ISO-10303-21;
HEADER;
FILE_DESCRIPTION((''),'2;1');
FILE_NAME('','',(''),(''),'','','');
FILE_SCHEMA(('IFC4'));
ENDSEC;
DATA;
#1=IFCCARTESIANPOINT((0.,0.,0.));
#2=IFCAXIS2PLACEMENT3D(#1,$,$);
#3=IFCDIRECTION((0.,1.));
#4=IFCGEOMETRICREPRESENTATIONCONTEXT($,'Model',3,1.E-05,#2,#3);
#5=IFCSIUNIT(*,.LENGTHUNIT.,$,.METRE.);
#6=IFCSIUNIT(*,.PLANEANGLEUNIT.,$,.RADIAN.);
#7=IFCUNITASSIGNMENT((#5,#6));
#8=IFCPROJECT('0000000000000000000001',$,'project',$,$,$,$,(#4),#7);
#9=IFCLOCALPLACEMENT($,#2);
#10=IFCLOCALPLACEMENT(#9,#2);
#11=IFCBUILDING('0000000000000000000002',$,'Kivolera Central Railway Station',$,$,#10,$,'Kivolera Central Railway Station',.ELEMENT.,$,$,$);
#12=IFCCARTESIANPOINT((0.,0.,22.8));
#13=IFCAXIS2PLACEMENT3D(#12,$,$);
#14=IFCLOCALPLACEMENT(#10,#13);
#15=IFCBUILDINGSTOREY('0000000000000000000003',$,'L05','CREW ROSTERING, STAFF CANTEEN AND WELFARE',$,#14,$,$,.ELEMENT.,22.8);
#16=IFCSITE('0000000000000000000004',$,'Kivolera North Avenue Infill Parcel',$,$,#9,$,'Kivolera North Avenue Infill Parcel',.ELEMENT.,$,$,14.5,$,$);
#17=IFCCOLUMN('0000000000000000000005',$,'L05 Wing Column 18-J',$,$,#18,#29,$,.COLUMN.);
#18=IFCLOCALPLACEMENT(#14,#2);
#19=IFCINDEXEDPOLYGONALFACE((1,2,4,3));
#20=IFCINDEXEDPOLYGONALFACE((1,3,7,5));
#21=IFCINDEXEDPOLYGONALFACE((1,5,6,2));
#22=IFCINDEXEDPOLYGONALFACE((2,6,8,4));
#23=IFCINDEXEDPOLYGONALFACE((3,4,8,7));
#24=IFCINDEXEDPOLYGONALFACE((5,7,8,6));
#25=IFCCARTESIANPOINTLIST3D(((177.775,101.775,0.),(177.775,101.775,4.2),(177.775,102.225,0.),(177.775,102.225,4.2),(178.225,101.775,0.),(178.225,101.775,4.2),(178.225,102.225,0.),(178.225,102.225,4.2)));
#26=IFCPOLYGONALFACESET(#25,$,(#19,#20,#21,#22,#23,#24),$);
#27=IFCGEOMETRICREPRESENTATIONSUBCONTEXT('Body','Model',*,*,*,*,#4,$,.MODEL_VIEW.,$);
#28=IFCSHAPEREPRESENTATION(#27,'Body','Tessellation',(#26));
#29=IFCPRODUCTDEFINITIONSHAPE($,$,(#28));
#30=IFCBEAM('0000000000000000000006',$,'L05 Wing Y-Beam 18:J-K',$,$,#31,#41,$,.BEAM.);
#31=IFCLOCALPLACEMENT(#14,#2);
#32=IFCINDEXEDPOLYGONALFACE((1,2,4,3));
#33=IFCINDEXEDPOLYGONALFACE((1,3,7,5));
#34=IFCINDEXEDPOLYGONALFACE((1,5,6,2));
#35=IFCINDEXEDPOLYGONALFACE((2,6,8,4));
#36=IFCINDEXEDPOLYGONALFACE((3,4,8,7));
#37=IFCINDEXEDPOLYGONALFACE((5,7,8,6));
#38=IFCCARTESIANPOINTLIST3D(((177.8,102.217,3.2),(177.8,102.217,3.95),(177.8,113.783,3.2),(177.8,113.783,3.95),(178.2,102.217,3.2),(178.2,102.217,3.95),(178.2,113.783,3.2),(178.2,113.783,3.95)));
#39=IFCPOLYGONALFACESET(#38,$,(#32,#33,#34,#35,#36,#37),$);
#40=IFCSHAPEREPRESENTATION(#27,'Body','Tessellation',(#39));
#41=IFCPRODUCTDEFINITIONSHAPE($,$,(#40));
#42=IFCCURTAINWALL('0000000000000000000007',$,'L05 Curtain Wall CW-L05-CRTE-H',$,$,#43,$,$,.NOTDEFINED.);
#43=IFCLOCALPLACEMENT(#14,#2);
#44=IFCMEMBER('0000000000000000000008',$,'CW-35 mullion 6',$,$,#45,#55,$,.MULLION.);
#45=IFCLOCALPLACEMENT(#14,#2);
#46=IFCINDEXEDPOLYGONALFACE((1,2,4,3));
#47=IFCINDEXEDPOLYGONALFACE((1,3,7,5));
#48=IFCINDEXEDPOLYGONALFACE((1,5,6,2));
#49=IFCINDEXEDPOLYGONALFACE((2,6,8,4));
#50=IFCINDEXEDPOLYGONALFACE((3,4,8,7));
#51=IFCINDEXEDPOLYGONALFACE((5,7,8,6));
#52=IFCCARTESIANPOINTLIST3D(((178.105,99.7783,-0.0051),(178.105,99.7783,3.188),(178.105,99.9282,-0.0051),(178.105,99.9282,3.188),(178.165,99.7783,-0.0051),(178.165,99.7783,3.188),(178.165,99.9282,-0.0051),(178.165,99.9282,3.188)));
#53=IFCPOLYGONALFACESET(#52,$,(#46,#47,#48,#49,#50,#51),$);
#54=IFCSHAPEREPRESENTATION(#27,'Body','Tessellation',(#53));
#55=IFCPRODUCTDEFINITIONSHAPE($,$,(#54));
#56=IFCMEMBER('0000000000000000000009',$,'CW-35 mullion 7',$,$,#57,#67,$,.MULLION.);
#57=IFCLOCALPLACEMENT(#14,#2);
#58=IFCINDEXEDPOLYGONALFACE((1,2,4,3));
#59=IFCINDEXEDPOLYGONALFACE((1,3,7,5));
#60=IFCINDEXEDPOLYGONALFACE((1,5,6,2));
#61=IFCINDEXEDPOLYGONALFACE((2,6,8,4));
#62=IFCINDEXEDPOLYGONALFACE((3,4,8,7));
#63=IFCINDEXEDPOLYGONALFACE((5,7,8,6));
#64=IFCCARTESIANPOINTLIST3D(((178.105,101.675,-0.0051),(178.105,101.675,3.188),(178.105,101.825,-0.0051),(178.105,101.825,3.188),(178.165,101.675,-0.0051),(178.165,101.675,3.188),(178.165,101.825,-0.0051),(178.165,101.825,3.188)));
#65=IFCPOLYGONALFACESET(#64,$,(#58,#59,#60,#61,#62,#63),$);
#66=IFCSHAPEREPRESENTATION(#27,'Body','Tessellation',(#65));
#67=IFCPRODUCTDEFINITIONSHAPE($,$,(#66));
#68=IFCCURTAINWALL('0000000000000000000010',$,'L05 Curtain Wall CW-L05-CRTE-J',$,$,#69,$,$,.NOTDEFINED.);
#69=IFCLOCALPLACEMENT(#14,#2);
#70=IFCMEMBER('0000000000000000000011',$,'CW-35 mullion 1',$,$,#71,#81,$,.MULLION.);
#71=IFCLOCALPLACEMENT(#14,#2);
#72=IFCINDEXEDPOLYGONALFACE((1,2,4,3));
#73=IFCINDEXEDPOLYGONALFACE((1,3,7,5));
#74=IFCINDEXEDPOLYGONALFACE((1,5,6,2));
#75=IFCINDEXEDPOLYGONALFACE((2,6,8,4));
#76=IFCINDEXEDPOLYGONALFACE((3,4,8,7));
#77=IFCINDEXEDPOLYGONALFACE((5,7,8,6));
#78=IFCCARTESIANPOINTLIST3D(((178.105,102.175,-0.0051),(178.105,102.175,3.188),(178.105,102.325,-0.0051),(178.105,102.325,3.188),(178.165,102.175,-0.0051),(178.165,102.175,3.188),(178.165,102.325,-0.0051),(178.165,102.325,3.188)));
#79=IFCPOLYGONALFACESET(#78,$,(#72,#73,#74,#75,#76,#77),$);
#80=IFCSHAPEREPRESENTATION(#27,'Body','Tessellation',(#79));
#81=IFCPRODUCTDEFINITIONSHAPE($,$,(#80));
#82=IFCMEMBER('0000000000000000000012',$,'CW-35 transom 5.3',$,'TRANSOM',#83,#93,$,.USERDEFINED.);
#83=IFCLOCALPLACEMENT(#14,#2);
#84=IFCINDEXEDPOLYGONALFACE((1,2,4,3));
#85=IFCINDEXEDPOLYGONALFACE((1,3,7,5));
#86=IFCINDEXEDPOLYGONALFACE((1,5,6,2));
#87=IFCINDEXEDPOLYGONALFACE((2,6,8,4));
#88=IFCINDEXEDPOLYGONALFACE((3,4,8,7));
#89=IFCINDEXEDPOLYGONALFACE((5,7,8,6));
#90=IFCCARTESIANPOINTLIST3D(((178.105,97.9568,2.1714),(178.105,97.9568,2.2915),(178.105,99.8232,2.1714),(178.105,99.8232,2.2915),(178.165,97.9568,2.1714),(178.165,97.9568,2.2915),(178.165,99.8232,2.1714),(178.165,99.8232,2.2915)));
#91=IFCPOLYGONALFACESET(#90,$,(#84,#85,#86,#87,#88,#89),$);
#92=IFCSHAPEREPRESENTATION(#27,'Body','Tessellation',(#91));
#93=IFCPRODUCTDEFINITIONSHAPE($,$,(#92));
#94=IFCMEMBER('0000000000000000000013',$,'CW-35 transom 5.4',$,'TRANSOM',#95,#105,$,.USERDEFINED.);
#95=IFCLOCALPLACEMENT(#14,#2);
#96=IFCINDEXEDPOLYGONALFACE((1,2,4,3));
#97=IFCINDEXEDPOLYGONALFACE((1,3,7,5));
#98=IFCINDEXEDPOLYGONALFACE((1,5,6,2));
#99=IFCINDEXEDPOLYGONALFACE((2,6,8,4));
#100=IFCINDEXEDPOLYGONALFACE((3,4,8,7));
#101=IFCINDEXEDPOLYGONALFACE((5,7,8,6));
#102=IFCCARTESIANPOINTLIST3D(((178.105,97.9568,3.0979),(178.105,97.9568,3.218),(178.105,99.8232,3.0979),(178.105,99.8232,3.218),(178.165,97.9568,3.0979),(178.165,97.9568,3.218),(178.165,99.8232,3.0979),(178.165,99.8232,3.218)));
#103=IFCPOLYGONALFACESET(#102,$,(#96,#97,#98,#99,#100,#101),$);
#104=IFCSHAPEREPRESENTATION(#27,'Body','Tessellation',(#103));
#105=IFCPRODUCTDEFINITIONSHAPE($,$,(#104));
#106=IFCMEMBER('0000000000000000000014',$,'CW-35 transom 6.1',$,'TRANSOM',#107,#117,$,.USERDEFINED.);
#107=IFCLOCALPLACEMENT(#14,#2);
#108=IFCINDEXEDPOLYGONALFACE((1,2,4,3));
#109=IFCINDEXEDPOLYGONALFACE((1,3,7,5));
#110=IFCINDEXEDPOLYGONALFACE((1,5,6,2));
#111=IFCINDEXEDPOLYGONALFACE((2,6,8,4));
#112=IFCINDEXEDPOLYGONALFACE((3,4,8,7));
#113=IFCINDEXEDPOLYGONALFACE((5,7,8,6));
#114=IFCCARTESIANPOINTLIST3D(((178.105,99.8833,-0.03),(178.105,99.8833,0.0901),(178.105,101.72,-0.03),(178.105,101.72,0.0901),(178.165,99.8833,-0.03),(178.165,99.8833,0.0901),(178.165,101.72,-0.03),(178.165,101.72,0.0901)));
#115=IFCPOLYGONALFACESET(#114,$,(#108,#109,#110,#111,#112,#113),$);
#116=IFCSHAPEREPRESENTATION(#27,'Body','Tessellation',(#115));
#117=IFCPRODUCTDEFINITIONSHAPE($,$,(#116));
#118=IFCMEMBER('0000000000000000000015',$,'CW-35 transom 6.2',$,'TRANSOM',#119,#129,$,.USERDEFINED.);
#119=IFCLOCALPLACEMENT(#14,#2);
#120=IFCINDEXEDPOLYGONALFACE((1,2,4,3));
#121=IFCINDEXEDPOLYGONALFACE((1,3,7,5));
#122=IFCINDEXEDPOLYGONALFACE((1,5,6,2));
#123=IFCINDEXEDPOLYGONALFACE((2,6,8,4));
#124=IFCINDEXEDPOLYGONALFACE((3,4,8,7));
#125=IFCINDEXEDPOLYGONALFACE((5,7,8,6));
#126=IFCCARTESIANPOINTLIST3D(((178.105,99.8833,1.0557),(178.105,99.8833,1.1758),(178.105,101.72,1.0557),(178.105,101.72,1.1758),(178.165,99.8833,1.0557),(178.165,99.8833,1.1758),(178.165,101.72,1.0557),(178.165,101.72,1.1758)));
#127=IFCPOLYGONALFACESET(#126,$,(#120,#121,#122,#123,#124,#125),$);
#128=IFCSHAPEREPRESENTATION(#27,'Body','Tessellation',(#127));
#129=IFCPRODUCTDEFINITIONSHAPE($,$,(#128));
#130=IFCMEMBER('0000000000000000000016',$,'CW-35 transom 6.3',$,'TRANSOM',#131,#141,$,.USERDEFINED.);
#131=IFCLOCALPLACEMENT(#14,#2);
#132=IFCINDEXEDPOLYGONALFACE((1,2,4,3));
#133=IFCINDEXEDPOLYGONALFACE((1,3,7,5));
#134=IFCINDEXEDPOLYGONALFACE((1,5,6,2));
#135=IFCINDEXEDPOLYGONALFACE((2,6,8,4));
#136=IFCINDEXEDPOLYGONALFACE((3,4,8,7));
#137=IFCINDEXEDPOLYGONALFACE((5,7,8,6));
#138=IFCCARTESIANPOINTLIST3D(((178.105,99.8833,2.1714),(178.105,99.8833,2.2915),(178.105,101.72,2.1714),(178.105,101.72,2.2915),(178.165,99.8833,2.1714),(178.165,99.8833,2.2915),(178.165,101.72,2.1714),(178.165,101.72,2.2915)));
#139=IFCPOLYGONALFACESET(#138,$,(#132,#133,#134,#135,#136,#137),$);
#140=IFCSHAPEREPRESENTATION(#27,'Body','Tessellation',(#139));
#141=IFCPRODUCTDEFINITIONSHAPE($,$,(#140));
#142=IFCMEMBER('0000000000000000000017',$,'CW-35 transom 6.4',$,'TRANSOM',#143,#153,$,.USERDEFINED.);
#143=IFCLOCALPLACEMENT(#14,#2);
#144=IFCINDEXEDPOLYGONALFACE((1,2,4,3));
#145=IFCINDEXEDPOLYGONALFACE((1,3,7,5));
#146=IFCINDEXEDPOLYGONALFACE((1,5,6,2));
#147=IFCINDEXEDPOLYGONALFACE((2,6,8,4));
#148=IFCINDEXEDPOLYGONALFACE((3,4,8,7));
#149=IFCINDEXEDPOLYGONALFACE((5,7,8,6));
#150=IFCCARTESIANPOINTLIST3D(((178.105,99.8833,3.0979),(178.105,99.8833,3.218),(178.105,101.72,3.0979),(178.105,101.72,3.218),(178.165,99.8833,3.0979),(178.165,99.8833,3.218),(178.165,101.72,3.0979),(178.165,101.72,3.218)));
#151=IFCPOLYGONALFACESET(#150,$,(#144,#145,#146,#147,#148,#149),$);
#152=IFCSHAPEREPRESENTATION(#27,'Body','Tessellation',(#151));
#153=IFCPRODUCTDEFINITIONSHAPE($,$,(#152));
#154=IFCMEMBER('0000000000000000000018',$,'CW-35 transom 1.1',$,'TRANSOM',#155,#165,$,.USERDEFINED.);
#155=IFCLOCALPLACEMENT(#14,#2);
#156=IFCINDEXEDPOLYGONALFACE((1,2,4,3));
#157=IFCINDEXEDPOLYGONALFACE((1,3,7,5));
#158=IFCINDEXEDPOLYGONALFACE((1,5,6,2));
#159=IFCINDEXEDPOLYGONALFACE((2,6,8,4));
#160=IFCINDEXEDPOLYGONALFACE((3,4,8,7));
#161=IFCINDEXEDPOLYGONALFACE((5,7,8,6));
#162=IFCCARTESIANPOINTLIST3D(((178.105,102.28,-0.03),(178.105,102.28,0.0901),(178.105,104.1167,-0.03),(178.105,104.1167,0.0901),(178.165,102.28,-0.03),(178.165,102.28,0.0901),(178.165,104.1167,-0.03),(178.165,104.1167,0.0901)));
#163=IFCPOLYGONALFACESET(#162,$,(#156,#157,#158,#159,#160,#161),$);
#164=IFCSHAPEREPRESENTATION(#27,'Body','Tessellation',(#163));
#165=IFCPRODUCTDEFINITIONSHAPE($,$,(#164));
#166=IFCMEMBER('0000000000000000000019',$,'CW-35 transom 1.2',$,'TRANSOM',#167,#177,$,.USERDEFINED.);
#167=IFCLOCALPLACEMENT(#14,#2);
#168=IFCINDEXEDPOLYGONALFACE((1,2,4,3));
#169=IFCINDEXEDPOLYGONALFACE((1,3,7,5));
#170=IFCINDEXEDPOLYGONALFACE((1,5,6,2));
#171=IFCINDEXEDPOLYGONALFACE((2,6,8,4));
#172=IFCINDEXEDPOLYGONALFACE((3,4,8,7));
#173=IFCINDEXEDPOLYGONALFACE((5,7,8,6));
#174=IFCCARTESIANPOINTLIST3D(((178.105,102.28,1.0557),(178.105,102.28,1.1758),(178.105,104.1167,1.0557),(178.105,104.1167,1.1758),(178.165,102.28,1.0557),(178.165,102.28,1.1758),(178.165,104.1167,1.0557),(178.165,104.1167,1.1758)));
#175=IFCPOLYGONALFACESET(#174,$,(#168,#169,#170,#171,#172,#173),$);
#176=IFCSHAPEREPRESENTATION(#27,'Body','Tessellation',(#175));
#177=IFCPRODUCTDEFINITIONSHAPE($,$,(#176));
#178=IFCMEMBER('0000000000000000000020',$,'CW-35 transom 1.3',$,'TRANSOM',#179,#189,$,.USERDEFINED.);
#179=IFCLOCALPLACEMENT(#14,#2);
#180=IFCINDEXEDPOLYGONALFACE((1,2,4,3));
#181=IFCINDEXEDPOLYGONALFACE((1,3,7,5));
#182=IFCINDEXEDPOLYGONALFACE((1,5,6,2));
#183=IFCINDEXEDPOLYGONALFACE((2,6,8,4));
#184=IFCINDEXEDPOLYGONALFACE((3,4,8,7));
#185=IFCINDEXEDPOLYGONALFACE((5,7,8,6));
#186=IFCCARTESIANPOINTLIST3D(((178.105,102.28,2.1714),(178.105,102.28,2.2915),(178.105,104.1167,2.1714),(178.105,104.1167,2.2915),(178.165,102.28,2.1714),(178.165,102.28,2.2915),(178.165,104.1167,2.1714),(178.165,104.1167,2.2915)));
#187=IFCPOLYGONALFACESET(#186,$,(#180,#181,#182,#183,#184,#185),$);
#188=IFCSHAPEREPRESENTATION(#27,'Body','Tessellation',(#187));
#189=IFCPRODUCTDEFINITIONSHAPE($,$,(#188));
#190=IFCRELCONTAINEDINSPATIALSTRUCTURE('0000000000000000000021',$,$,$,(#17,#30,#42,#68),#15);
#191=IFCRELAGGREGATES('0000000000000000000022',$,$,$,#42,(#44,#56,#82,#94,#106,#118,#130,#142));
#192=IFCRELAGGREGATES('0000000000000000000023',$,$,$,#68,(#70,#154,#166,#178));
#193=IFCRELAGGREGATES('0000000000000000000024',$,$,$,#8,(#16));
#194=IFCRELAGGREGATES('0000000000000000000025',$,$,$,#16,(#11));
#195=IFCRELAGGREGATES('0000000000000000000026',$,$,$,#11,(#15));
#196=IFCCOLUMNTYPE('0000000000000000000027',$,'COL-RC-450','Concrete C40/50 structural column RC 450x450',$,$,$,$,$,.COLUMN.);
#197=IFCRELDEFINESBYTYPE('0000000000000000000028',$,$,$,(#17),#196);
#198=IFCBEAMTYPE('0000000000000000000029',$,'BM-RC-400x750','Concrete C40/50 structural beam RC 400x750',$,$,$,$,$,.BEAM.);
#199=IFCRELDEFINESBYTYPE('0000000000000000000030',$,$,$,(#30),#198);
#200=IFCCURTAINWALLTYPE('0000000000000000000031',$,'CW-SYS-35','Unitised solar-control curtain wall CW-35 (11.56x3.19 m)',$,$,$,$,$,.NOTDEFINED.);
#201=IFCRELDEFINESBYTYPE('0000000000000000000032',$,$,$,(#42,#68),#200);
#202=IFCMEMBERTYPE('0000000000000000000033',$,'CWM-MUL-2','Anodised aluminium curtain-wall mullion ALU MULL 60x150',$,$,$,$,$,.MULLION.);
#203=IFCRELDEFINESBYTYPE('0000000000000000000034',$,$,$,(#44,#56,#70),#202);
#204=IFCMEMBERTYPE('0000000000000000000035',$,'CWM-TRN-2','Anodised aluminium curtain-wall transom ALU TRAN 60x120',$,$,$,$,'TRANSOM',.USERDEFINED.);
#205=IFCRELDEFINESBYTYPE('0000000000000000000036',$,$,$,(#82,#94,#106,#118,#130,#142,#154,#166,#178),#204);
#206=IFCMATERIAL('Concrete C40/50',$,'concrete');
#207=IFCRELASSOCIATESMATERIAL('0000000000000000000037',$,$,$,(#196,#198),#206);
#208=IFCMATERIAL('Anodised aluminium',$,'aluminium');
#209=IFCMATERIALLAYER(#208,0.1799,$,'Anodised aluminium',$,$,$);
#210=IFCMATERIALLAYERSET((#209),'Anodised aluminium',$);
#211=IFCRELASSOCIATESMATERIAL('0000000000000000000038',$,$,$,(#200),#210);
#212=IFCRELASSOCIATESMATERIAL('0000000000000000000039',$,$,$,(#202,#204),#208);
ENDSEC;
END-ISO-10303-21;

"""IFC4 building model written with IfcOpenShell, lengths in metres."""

from ifc_helpers import new_model, si_unit, direction, frame, origin, origin_2d, place, context, subcontext, project, spatial, rectangle, extrude, material, layer, layer_set, material_profile, profile_set, type_object, element, aggregate, save


model = new_model("IFC4")

# Units and contexts
model_context = context("Model", 3, precision=1e-05, world=origin(), true_north=direction((0.0, 1.0)))
body_context = subcontext(model_context, "Body", "Model", "MODEL_VIEW")
ifc_project = project(units=[si_unit("LENGTHUNIT", "METRE"), si_unit("PLANEANGLEUNIT", "RADIAN")], contexts=[model_context])

# Site, building, storey
site_placement = place(None, origin())
site = spatial("IfcSite", under=ifc_project, at=site_placement, Name="Kivolera North Avenue Infill Parcel", LongName="Kivolera North Avenue Infill Parcel", CompositionType="ELEMENT", RefElevation=14.5)
building_placement = place(site_placement, origin())
building = spatial("IfcBuilding", under=site, at=building_placement, Name="Kivolera Central Railway Station", LongName="Kivolera Central Railway Station", CompositionType="ELEMENT")
storey_placement = place(building_placement, frame((0.0, 0.0, 22.8)))
storey = spatial("IfcBuildingStorey", under=building, at=storey_placement, Name="L05", Description="CREW ROSTERING, STAFF CANTEEN AND WELFARE", CompositionType="ELEMENT", Elevation=22.8)

# Column
ifc_material_1 = material(Name="Concrete C40/50", Category="concrete")
ifc_material_profile_1 = material_profile(ifc_material_1, rectangle(XDim=0.45, YDim=0.45, at=origin_2d()), Name="RC 450x450")
ifc_profile_set_1 = profile_set([ifc_material_profile_1], Name="Concrete C40/50")
column_type = type_object("IfcColumnType", Name="COL-RC-450", Description="Concrete C40/50 structural column RC 450x450", PredefinedType="COLUMN", material=ifc_profile_set_1)
column_placement = place(storey_placement, frame((178.0, 102.0, 0.0), z_axis=(0.0, 0.0, 1.0), x_axis=(1.0, 0.0, 0.0)))
element("IfcColumn", 1, at=column_placement, inside=storey, type_object=column_type, Name="L05 Wing Column 18-J", PredefinedType="COLUMN", context=body_context, shape_type="SweptSolid", body=[
    extrude(rectangle(XDim=0.45, YDim=0.45, at=origin_2d()), origin(), (0.0, 0.0, 1.0), 4.2),
])

# Beam
ifc_material_profile_2 = material_profile(ifc_material_1, rectangle(XDim=0.3999, YDim=0.75, at=origin_2d()), Name="RC 400x750")
ifc_profile_set_2 = profile_set([ifc_material_profile_2], Name="Concrete C40/50")
beam_type = type_object("IfcBeamType", Name="BM-RC-400x750", Description="Concrete C40/50 structural beam RC 400x750", PredefinedType="BEAM", material=ifc_profile_set_2)
beam_placement = place(storey_placement, frame((178.0, 102.217, 3.575), z_axis=(0.0, 1.0, 0.0), x_axis=(-1.0, 0.0, 0.0)))
element("IfcBeam", 2, at=beam_placement, inside=storey, type_object=beam_type, Name="L05 Wing Y-Beam 18:J-K", PredefinedType="BEAM", context=body_context, shape_type="SweptSolid", body=[
    extrude(rectangle(XDim=0.3999, YDim=0.75, at=origin_2d()), origin(), (0.0, 0.0, 1.0), 11.5659),
])

# Curtain wall, members
ifc_material_2 = material(Name="Anodised aluminium", Category="aluminium")
ifc_layer_1 = layer(ifc_material_2, 0.1799, Name="Anodised aluminium")
ifc_layer_set_1 = layer_set([ifc_layer_1], Name="Anodised aluminium")
curtain_wall_type = type_object("IfcCurtainWallType", Name="CW-SYS-35", Description="Unitised solar-control curtain wall CW-35 (11.56x3.19 m)", PredefinedType="NOTDEFINED", material=ifc_layer_set_1)
curtain_wall_1_placement = place(storey_placement, origin())
curtain_wall_1 = element("IfcCurtainWall", 3, at=curtain_wall_1_placement, inside=storey, type_object=curtain_wall_type, Name="L05 Curtain Wall CW-L05-CRTE-H", PredefinedType="NOTDEFINED")
ifc_material_profile_3 = material_profile(ifc_material_2, rectangle(XDim=0.0601, YDim=0.1499, at=origin_2d()), Name="ALU MULL 60x150")
ifc_profile_set_3 = profile_set([ifc_material_profile_3], Name="Anodised aluminium")
member_type_1 = type_object("IfcMemberType", Name="CWM-MUL-2", Description="Anodised aluminium curtain-wall mullion ALU MULL 60x150", PredefinedType="MULLION", material=ifc_profile_set_3)
member_1_placement = place(storey_placement, frame((178.135, 99.8533, -0.0051), z_axis=(0.0, 0.0, 1.0), x_axis=(-1.0, 0.0, 0.0)))
member_1 = element("IfcMember", 4, at=member_1_placement, type_object=member_type_1, Name="CW-35 mullion 6", PredefinedType="MULLION", context=body_context, shape_type="SweptSolid", body=[
    extrude(rectangle(XDim=0.0601, YDim=0.1499, at=origin_2d()), origin(), (0.0, 0.0, 1.0), 3.1931),
])
member_2_placement = place(storey_placement, frame((178.135, 101.75, -0.0051), z_axis=(0.0, 0.0, 1.0), x_axis=(-1.0, 0.0, 0.0)))
member_2 = element("IfcMember", 5, at=member_2_placement, type_object=member_type_1, Name="CW-35 mullion 7", PredefinedType="MULLION", context=body_context, shape_type="SweptSolid", body=[
    extrude(rectangle(XDim=0.0601, YDim=0.1499, at=origin_2d()), origin(), (0.0, 0.0, 1.0), 3.1931),
])

# Curtain wall, member
curtain_wall_2_placement = place(storey_placement, origin())
curtain_wall_2 = element("IfcCurtainWall", 6, at=curtain_wall_2_placement, inside=storey, type_object=curtain_wall_type, Name="L05 Curtain Wall CW-L05-CRTE-J", PredefinedType="NOTDEFINED")
member_3_placement = place(storey_placement, frame((178.135, 102.25, -0.0051), z_axis=(0.0, 0.0, 1.0), x_axis=(-1.0, 0.0, 0.0)))
member_3 = element("IfcMember", 7, at=member_3_placement, type_object=member_type_1, Name="CW-35 mullion 1", PredefinedType="MULLION", context=body_context, shape_type="SweptSolid", body=[
    extrude(rectangle(XDim=0.0601, YDim=0.1499, at=origin_2d()), origin(), (0.0, 0.0, 1.0), 3.1931),
])

# Members
ifc_material_profile_4 = material_profile(ifc_material_2, rectangle(XDim=0.0601, YDim=0.1201, at=origin_2d()), Name="ALU TRAN 60x120")
ifc_profile_set_4 = profile_set([ifc_material_profile_4], Name="Anodised aluminium")
member_type_2 = type_object("IfcMemberType", Name="CWM-TRN-2", Description="Anodised aluminium curtain-wall transom ALU TRAN 60x120", ElementType="TRANSOM", PredefinedType="USERDEFINED", material=ifc_profile_set_4)
member_4_placement = place(storey_placement, frame((178.135, 97.9568, 2.2314), z_axis=(0.0, 1.0, 0.0), x_axis=(-1.0, 0.0, 0.0)))
member_4 = element("IfcMember", 8, at=member_4_placement, type_object=member_type_2, Name="CW-35 transom 5.3", ObjectType="TRANSOM", PredefinedType="USERDEFINED", context=body_context, shape_type="SweptSolid", body=[
    extrude(rectangle(XDim=0.0601, YDim=0.1201, at=origin_2d()), origin(), (0.0, 0.0, 1.0), 1.8665),
])
member_5_placement = place(storey_placement, frame((178.135, 97.9568, 3.158), z_axis=(0.0, 1.0, 0.0), x_axis=(-1.0, 0.0, 0.0)))
member_5 = element("IfcMember", 9, at=member_5_placement, type_object=member_type_2, Name="CW-35 transom 5.4", ObjectType="TRANSOM", PredefinedType="USERDEFINED", context=body_context, shape_type="SweptSolid", body=[
    extrude(rectangle(XDim=0.0601, YDim=0.1201, at=origin_2d()), origin(), (0.0, 0.0, 1.0), 1.8665),
])
member_6_placement = place(storey_placement, frame((178.135, 99.8833, 0.03), z_axis=(0.0, 1.0, 0.0), x_axis=(-1.0, 0.0, 0.0)))
member_6 = element("IfcMember", 10, at=member_6_placement, type_object=member_type_2, Name="CW-35 transom 6.1", ObjectType="TRANSOM", PredefinedType="USERDEFINED", context=body_context, shape_type="SweptSolid", body=[
    extrude(rectangle(XDim=0.0601, YDim=0.1201, at=origin_2d()), origin(), (0.0, 0.0, 1.0), 1.8367),
])
member_7_placement = place(storey_placement, frame((178.135, 99.8833, 1.1157), z_axis=(0.0, 1.0, 0.0), x_axis=(-1.0, 0.0, 0.0)))
member_7 = element("IfcMember", 11, at=member_7_placement, type_object=member_type_2, Name="CW-35 transom 6.2", ObjectType="TRANSOM", PredefinedType="USERDEFINED", context=body_context, shape_type="SweptSolid", body=[
    extrude(rectangle(XDim=0.0601, YDim=0.1201, at=origin_2d()), origin(), (0.0, 0.0, 1.0), 1.8367),
])
member_8_placement = place(storey_placement, frame((178.135, 99.8833, 2.2314), z_axis=(0.0, 1.0, 0.0), x_axis=(-1.0, 0.0, 0.0)))
member_8 = element("IfcMember", 12, at=member_8_placement, type_object=member_type_2, Name="CW-35 transom 6.3", ObjectType="TRANSOM", PredefinedType="USERDEFINED", context=body_context, shape_type="SweptSolid", body=[
    extrude(rectangle(XDim=0.0601, YDim=0.1201, at=origin_2d()), origin(), (0.0, 0.0, 1.0), 1.8367),
])
member_9_placement = place(storey_placement, frame((178.135, 99.8833, 3.158), z_axis=(0.0, 1.0, 0.0), x_axis=(-1.0, 0.0, 0.0)))
member_9 = element("IfcMember", 13, at=member_9_placement, type_object=member_type_2, Name="CW-35 transom 6.4", ObjectType="TRANSOM", PredefinedType="USERDEFINED", context=body_context, shape_type="SweptSolid", body=[
    extrude(rectangle(XDim=0.0601, YDim=0.1201, at=origin_2d()), origin(), (0.0, 0.0, 1.0), 1.8367),
])
member_10_placement = place(storey_placement, frame((178.135, 102.28, 0.03), z_axis=(0.0, 1.0, 0.0), x_axis=(-1.0, 0.0, 0.0)))
member_10 = element("IfcMember", 14, at=member_10_placement, type_object=member_type_2, Name="CW-35 transom 1.1", ObjectType="TRANSOM", PredefinedType="USERDEFINED", context=body_context, shape_type="SweptSolid", body=[
    extrude(rectangle(XDim=0.0601, YDim=0.1201, at=origin_2d()), origin(), (0.0, 0.0, 1.0), 1.8367),
])
member_11_placement = place(storey_placement, frame((178.135, 102.28, 1.1157), z_axis=(0.0, 1.0, 0.0), x_axis=(-1.0, 0.0, 0.0)))
member_11 = element("IfcMember", 15, at=member_11_placement, type_object=member_type_2, Name="CW-35 transom 1.2", ObjectType="TRANSOM", PredefinedType="USERDEFINED", context=body_context, shape_type="SweptSolid", body=[
    extrude(rectangle(XDim=0.0601, YDim=0.1201, at=origin_2d()), origin(), (0.0, 0.0, 1.0), 1.8367),
])
member_12_placement = place(storey_placement, frame((178.135, 102.28, 2.2314), z_axis=(0.0, 1.0, 0.0), x_axis=(-1.0, 0.0, 0.0)))
member_12 = element("IfcMember", 16, at=member_12_placement, type_object=member_type_2, Name="CW-35 transom 1.3", ObjectType="TRANSOM", PredefinedType="USERDEFINED", context=body_context, shape_type="SweptSolid", body=[
    extrude(rectangle(XDim=0.0601, YDim=0.1201, at=origin_2d()), origin(), (0.0, 0.0, 1.0), 1.8367),
])

aggregate(curtain_wall_1, [member_1, member_2, member_4, member_5, member_6, member_7, member_8, member_9])
aggregate(curtain_wall_2, [member_3, member_10, member_11, member_12])

save(model, "model.ifc")
